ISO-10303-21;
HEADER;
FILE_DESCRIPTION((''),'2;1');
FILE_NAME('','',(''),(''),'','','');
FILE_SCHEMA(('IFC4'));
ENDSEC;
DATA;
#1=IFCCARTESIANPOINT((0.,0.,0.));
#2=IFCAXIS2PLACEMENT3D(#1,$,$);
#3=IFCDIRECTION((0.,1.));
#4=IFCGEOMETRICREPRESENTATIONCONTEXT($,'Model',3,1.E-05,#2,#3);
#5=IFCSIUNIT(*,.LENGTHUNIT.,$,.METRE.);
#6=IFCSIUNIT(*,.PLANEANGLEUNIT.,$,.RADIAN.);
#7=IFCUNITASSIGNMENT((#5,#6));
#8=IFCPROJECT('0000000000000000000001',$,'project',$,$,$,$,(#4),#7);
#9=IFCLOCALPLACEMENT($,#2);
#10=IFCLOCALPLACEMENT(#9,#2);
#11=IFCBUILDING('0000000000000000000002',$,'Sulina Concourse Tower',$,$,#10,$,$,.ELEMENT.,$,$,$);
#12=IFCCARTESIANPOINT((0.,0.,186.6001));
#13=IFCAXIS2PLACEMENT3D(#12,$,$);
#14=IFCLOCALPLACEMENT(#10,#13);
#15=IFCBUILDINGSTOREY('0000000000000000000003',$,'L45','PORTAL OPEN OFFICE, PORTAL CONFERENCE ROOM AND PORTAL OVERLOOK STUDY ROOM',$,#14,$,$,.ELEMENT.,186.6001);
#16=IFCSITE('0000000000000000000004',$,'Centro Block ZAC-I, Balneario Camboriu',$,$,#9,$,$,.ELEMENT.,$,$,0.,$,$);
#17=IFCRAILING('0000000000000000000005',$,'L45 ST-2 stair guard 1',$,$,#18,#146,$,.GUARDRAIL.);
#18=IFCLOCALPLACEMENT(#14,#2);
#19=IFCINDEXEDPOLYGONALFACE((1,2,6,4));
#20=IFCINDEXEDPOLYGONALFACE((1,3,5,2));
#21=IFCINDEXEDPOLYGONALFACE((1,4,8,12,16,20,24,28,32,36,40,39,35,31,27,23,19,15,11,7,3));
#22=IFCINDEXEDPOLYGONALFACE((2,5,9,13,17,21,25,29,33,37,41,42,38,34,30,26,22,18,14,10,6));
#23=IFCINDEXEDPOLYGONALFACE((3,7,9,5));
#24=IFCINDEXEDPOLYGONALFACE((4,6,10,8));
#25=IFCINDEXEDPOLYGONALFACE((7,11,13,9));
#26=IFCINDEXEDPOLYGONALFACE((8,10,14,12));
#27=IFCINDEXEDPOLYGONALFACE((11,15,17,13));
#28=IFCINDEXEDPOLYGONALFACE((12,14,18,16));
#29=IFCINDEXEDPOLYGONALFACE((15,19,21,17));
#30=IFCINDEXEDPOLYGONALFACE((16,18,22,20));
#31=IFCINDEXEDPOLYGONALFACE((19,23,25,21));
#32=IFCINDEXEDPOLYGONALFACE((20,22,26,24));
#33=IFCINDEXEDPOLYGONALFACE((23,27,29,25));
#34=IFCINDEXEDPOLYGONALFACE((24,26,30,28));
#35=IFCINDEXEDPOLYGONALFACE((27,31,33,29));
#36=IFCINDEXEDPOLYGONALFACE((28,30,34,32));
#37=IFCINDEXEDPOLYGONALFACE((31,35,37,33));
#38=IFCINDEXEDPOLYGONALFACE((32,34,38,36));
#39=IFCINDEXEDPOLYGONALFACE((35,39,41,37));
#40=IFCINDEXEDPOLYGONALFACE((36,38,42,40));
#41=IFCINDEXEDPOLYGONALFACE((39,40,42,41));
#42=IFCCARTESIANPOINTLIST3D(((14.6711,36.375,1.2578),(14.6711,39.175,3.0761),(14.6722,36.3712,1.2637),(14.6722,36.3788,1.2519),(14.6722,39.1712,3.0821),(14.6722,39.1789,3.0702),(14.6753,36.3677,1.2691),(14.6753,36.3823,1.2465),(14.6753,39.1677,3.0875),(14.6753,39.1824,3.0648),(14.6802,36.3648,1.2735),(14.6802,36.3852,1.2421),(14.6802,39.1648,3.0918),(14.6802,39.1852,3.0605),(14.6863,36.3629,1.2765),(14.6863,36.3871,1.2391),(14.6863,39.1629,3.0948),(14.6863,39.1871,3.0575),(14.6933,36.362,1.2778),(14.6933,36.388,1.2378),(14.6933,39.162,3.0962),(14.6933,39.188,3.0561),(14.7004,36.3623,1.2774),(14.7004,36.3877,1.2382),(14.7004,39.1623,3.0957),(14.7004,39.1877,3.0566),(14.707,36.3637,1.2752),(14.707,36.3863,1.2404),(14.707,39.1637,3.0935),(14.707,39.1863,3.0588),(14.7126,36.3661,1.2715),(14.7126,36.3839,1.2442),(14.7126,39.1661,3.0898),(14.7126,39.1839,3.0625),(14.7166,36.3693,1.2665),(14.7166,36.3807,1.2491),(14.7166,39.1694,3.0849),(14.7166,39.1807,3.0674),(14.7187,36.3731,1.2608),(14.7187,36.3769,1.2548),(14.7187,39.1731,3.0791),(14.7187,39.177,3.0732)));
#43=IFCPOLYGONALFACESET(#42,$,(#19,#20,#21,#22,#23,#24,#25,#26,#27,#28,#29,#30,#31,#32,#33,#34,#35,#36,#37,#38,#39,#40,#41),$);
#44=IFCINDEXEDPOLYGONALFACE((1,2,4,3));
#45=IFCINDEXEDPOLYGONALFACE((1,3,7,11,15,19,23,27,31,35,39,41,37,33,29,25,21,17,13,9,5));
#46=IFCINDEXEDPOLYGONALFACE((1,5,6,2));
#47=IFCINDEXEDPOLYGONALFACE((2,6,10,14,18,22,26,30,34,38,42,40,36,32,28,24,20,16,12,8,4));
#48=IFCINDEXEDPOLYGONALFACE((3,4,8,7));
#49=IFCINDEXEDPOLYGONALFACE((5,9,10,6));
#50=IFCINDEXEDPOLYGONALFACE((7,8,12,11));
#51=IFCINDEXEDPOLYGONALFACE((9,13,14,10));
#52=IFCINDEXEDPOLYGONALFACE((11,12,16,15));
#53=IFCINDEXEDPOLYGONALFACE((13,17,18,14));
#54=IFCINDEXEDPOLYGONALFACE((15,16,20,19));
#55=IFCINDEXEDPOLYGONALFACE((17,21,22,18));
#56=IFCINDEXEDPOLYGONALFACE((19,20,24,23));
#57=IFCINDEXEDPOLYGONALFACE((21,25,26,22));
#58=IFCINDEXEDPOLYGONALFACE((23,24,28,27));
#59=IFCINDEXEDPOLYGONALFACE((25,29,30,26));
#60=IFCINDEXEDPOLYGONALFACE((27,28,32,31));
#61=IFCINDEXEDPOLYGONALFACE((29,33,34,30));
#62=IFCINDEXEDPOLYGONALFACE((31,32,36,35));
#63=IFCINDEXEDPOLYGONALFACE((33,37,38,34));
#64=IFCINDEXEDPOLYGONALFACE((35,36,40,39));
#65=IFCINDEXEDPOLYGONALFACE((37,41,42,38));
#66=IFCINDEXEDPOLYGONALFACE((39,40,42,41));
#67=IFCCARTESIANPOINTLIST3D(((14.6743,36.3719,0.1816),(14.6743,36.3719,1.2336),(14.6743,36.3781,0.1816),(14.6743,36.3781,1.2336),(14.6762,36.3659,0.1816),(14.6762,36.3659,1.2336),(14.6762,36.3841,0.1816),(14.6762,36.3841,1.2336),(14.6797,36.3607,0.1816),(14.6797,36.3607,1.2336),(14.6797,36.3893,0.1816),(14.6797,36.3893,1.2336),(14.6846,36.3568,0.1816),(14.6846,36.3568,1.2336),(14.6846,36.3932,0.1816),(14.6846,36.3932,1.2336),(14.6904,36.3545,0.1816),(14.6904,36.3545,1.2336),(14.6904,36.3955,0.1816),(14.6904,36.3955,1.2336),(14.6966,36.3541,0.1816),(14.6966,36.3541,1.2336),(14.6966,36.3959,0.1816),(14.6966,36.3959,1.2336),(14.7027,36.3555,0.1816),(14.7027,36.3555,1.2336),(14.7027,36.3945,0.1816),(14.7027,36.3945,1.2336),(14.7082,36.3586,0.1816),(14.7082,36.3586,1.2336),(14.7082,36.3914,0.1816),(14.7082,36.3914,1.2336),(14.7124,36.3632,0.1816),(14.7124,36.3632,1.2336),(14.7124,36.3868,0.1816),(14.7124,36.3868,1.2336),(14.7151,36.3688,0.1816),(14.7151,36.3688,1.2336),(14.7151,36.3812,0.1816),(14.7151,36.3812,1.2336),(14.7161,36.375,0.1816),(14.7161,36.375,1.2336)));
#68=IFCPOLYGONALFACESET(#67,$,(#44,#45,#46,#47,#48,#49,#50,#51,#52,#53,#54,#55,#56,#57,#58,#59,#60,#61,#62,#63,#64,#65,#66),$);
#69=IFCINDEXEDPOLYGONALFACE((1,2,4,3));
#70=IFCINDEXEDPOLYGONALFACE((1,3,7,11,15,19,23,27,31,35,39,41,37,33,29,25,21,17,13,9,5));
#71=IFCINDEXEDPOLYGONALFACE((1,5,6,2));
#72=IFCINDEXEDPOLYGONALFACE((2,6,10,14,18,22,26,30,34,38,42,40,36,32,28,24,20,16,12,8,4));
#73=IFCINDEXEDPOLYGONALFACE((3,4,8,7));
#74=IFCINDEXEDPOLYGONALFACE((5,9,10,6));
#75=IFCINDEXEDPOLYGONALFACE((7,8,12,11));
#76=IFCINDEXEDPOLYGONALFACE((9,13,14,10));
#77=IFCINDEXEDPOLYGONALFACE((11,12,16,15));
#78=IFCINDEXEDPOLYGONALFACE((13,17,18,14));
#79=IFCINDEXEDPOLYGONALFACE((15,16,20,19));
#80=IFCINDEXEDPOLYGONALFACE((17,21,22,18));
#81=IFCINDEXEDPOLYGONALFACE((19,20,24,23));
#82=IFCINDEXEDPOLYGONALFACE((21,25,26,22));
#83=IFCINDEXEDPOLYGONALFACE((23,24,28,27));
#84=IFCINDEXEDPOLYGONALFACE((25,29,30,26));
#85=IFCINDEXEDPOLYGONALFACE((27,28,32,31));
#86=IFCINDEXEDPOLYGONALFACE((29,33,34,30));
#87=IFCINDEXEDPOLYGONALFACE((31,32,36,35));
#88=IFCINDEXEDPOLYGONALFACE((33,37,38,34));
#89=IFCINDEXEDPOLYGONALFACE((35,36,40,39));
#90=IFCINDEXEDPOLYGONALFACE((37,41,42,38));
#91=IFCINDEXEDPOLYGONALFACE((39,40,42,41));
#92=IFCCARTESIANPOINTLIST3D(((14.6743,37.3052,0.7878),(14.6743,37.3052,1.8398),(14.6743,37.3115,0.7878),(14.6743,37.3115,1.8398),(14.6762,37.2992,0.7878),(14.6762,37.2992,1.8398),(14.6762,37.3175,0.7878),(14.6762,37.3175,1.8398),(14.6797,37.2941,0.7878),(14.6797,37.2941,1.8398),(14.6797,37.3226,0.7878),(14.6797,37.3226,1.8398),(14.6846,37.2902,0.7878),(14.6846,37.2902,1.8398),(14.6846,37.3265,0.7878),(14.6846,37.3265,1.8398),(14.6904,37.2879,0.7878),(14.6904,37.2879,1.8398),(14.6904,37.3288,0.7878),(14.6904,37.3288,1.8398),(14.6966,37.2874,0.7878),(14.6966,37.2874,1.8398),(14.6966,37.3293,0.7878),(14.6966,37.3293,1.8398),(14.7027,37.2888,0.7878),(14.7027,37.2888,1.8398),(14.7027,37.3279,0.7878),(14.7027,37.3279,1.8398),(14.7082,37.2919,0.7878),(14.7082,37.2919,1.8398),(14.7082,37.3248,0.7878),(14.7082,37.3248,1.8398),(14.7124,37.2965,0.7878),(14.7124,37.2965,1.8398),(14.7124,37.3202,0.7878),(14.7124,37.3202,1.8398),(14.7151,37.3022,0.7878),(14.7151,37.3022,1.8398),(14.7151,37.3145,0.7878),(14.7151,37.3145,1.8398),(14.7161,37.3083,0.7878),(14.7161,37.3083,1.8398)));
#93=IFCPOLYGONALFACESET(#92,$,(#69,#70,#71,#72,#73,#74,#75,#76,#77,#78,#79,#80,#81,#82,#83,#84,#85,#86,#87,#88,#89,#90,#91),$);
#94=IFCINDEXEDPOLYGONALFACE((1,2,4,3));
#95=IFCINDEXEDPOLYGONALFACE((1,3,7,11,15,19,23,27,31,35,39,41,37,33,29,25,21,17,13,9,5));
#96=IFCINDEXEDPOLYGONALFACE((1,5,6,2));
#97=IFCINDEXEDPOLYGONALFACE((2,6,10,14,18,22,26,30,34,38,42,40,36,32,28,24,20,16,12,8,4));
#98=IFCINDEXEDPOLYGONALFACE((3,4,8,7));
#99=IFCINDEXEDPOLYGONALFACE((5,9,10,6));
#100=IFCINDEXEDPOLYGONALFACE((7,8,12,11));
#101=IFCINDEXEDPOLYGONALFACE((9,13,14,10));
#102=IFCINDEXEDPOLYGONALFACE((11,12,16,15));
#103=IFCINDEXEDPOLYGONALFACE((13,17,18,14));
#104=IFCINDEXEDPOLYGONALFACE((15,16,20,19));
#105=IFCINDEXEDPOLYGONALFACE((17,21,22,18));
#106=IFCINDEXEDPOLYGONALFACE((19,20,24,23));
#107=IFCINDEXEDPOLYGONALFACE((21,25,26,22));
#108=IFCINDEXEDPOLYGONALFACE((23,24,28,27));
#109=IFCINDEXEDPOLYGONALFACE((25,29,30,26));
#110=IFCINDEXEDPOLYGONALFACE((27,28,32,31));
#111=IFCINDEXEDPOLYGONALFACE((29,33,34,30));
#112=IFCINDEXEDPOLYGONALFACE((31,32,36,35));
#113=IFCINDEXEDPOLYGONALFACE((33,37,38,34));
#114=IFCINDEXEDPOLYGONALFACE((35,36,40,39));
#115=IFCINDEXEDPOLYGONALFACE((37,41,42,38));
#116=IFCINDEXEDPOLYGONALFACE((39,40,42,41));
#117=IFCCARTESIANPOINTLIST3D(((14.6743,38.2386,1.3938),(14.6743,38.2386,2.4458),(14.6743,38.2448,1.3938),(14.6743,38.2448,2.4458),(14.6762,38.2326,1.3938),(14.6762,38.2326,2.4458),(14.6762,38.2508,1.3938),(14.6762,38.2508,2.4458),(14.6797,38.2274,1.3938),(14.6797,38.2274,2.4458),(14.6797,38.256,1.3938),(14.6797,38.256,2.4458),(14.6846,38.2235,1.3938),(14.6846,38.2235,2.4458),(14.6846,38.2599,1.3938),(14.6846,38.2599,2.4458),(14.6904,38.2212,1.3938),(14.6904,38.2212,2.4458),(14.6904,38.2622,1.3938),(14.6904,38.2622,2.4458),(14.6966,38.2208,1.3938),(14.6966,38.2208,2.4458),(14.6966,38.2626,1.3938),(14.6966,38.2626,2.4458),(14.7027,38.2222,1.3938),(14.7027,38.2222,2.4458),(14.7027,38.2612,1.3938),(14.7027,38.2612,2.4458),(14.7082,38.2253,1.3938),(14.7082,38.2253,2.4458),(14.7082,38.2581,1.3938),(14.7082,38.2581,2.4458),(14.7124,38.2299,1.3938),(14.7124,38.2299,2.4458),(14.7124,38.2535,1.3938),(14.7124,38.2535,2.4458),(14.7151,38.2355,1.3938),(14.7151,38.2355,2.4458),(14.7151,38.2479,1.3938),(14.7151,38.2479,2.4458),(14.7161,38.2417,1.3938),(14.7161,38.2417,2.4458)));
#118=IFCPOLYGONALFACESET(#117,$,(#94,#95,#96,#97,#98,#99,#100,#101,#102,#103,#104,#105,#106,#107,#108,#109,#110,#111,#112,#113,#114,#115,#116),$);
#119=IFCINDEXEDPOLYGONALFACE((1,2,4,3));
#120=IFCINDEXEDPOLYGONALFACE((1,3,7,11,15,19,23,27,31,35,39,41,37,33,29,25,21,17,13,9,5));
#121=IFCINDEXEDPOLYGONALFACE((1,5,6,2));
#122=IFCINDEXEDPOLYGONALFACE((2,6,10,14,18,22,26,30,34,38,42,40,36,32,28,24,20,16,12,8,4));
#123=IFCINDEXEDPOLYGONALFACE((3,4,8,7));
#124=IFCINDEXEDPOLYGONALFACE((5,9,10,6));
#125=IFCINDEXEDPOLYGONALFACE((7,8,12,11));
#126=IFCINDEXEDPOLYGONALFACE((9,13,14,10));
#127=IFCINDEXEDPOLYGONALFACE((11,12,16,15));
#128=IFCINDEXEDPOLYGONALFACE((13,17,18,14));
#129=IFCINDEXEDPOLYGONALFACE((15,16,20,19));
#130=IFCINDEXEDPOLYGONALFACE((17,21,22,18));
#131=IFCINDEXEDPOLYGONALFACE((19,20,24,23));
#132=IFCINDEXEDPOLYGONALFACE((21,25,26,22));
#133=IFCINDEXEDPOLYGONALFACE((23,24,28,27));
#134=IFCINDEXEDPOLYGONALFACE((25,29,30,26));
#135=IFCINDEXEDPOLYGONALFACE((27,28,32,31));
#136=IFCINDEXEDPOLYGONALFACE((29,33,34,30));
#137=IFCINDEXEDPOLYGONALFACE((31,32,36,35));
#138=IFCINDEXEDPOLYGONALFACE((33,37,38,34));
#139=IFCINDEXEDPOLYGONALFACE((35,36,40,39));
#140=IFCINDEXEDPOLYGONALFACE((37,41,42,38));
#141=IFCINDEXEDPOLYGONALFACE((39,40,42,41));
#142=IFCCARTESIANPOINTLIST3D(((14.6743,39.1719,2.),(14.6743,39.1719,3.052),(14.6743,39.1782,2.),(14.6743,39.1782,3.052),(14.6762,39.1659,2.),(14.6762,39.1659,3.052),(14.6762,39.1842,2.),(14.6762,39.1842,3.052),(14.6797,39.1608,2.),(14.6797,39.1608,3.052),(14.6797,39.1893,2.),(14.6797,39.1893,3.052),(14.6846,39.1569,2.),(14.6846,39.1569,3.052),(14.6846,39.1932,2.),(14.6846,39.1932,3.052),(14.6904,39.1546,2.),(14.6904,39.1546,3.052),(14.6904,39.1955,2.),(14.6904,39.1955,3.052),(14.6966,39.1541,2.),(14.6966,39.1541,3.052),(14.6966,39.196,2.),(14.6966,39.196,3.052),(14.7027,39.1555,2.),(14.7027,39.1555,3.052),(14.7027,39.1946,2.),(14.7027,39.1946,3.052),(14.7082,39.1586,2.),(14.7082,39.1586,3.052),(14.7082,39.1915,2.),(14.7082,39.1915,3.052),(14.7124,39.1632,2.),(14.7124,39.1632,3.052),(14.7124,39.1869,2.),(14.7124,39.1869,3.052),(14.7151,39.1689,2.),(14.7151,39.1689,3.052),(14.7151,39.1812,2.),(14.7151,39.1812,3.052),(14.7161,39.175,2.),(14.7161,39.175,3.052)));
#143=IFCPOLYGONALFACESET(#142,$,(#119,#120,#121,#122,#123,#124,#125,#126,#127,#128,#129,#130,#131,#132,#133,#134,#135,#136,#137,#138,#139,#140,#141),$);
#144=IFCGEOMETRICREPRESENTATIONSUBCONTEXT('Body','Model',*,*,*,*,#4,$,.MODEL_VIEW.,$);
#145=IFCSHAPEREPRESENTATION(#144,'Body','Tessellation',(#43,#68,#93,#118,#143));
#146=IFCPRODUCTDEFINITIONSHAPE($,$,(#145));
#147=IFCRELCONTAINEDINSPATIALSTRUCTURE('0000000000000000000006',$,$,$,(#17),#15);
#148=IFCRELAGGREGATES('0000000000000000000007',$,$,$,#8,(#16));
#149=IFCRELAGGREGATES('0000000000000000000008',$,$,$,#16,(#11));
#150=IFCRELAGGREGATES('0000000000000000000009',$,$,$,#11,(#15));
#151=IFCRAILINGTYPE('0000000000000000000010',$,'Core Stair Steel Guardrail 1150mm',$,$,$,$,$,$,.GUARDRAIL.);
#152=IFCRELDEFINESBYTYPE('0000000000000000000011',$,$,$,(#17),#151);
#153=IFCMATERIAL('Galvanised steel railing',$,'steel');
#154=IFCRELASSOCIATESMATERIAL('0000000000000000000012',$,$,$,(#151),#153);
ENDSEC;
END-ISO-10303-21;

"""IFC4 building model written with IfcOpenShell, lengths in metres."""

from ifc_helpers import new_model, si_unit, direction, frame, origin, origin_2d, place, context, subcontext, project, spatial, circle, extrude, material, type_object, element, save


model = new_model("IFC4")

# Units and contexts
model_context = context("Model", 3, precision=1e-05, world=origin(), true_north=direction((0.0, 1.0)))
body_context = subcontext(model_context, "Body", "Model", "MODEL_VIEW")
ifc_project = project(units=[si_unit("LENGTHUNIT", "METRE"), si_unit("PLANEANGLEUNIT", "RADIAN")], contexts=[model_context])

# Site, building, storey
site_placement = place(None, origin())
site = spatial("IfcSite", under=ifc_project, at=site_placement, Name="Centro Block ZAC-I, Balneario Camboriu", CompositionType="ELEMENT", RefElevation=0.0)
building_placement = place(site_placement, origin())
building = spatial("IfcBuilding", under=site, at=building_placement, Name="Sulina Concourse Tower", CompositionType="ELEMENT")
storey_placement = place(building_placement, frame((0.0, 0.0, 186.6001)))
storey = spatial("IfcBuildingStorey", under=building, at=storey_placement, Name="L45", Description="PORTAL OPEN OFFICE, PORTAL CONFERENCE ROOM AND PORTAL OVERLOOK STUDY ROOM", CompositionType="ELEMENT", Elevation=186.6001)

# Railing
ifc_material_1 = material(Name="Galvanised steel railing", Category="steel")
railing_type_1 = type_object("IfcRailingType", Name="Core Stair Steel Guardrail 1150mm", PredefinedType="GUARDRAIL", material=ifc_material_1)
railing_1_placement = place(storey_placement, frame((14.6951, 36.375, 0.1816)))
element("IfcRailing", 1, at=railing_1_placement, inside=storey, type_object=railing_type_1, Name="L45 ST-2 stair guard 1", PredefinedType="GUARDRAIL", context=body_context, shape_type="SweptSolid", body=[
    extrude(circle(Radius=0.0239, at=origin_2d()), frame((0.0, 0.0, 1.0762), z_axis=(0.0, 0.838672, 0.544636), x_axis=(-1.0, 0.0, 0.0)), (0.0, 0.0, 1.0), 3.3386),
    extrude(circle(Radius=0.021, at=origin_2d()), origin(), (0.0, 0.0, 1.0), 1.052),
    extrude(circle(Radius=0.021, at=origin_2d()), frame((0.0, 0.9333, 0.6062)), (0.0, 0.0, 1.0), 1.052),
    extrude(circle(Radius=0.021, at=origin_2d()), frame((0.0, 1.8667, 1.2122)), (0.0, 0.0, 1.0), 1.052),
    extrude(circle(Radius=0.021, at=origin_2d()), frame((0.0, 2.8, 1.8184)), (0.0, 0.0, 1.0), 1.052),
])

save(model, "model.ifc")
